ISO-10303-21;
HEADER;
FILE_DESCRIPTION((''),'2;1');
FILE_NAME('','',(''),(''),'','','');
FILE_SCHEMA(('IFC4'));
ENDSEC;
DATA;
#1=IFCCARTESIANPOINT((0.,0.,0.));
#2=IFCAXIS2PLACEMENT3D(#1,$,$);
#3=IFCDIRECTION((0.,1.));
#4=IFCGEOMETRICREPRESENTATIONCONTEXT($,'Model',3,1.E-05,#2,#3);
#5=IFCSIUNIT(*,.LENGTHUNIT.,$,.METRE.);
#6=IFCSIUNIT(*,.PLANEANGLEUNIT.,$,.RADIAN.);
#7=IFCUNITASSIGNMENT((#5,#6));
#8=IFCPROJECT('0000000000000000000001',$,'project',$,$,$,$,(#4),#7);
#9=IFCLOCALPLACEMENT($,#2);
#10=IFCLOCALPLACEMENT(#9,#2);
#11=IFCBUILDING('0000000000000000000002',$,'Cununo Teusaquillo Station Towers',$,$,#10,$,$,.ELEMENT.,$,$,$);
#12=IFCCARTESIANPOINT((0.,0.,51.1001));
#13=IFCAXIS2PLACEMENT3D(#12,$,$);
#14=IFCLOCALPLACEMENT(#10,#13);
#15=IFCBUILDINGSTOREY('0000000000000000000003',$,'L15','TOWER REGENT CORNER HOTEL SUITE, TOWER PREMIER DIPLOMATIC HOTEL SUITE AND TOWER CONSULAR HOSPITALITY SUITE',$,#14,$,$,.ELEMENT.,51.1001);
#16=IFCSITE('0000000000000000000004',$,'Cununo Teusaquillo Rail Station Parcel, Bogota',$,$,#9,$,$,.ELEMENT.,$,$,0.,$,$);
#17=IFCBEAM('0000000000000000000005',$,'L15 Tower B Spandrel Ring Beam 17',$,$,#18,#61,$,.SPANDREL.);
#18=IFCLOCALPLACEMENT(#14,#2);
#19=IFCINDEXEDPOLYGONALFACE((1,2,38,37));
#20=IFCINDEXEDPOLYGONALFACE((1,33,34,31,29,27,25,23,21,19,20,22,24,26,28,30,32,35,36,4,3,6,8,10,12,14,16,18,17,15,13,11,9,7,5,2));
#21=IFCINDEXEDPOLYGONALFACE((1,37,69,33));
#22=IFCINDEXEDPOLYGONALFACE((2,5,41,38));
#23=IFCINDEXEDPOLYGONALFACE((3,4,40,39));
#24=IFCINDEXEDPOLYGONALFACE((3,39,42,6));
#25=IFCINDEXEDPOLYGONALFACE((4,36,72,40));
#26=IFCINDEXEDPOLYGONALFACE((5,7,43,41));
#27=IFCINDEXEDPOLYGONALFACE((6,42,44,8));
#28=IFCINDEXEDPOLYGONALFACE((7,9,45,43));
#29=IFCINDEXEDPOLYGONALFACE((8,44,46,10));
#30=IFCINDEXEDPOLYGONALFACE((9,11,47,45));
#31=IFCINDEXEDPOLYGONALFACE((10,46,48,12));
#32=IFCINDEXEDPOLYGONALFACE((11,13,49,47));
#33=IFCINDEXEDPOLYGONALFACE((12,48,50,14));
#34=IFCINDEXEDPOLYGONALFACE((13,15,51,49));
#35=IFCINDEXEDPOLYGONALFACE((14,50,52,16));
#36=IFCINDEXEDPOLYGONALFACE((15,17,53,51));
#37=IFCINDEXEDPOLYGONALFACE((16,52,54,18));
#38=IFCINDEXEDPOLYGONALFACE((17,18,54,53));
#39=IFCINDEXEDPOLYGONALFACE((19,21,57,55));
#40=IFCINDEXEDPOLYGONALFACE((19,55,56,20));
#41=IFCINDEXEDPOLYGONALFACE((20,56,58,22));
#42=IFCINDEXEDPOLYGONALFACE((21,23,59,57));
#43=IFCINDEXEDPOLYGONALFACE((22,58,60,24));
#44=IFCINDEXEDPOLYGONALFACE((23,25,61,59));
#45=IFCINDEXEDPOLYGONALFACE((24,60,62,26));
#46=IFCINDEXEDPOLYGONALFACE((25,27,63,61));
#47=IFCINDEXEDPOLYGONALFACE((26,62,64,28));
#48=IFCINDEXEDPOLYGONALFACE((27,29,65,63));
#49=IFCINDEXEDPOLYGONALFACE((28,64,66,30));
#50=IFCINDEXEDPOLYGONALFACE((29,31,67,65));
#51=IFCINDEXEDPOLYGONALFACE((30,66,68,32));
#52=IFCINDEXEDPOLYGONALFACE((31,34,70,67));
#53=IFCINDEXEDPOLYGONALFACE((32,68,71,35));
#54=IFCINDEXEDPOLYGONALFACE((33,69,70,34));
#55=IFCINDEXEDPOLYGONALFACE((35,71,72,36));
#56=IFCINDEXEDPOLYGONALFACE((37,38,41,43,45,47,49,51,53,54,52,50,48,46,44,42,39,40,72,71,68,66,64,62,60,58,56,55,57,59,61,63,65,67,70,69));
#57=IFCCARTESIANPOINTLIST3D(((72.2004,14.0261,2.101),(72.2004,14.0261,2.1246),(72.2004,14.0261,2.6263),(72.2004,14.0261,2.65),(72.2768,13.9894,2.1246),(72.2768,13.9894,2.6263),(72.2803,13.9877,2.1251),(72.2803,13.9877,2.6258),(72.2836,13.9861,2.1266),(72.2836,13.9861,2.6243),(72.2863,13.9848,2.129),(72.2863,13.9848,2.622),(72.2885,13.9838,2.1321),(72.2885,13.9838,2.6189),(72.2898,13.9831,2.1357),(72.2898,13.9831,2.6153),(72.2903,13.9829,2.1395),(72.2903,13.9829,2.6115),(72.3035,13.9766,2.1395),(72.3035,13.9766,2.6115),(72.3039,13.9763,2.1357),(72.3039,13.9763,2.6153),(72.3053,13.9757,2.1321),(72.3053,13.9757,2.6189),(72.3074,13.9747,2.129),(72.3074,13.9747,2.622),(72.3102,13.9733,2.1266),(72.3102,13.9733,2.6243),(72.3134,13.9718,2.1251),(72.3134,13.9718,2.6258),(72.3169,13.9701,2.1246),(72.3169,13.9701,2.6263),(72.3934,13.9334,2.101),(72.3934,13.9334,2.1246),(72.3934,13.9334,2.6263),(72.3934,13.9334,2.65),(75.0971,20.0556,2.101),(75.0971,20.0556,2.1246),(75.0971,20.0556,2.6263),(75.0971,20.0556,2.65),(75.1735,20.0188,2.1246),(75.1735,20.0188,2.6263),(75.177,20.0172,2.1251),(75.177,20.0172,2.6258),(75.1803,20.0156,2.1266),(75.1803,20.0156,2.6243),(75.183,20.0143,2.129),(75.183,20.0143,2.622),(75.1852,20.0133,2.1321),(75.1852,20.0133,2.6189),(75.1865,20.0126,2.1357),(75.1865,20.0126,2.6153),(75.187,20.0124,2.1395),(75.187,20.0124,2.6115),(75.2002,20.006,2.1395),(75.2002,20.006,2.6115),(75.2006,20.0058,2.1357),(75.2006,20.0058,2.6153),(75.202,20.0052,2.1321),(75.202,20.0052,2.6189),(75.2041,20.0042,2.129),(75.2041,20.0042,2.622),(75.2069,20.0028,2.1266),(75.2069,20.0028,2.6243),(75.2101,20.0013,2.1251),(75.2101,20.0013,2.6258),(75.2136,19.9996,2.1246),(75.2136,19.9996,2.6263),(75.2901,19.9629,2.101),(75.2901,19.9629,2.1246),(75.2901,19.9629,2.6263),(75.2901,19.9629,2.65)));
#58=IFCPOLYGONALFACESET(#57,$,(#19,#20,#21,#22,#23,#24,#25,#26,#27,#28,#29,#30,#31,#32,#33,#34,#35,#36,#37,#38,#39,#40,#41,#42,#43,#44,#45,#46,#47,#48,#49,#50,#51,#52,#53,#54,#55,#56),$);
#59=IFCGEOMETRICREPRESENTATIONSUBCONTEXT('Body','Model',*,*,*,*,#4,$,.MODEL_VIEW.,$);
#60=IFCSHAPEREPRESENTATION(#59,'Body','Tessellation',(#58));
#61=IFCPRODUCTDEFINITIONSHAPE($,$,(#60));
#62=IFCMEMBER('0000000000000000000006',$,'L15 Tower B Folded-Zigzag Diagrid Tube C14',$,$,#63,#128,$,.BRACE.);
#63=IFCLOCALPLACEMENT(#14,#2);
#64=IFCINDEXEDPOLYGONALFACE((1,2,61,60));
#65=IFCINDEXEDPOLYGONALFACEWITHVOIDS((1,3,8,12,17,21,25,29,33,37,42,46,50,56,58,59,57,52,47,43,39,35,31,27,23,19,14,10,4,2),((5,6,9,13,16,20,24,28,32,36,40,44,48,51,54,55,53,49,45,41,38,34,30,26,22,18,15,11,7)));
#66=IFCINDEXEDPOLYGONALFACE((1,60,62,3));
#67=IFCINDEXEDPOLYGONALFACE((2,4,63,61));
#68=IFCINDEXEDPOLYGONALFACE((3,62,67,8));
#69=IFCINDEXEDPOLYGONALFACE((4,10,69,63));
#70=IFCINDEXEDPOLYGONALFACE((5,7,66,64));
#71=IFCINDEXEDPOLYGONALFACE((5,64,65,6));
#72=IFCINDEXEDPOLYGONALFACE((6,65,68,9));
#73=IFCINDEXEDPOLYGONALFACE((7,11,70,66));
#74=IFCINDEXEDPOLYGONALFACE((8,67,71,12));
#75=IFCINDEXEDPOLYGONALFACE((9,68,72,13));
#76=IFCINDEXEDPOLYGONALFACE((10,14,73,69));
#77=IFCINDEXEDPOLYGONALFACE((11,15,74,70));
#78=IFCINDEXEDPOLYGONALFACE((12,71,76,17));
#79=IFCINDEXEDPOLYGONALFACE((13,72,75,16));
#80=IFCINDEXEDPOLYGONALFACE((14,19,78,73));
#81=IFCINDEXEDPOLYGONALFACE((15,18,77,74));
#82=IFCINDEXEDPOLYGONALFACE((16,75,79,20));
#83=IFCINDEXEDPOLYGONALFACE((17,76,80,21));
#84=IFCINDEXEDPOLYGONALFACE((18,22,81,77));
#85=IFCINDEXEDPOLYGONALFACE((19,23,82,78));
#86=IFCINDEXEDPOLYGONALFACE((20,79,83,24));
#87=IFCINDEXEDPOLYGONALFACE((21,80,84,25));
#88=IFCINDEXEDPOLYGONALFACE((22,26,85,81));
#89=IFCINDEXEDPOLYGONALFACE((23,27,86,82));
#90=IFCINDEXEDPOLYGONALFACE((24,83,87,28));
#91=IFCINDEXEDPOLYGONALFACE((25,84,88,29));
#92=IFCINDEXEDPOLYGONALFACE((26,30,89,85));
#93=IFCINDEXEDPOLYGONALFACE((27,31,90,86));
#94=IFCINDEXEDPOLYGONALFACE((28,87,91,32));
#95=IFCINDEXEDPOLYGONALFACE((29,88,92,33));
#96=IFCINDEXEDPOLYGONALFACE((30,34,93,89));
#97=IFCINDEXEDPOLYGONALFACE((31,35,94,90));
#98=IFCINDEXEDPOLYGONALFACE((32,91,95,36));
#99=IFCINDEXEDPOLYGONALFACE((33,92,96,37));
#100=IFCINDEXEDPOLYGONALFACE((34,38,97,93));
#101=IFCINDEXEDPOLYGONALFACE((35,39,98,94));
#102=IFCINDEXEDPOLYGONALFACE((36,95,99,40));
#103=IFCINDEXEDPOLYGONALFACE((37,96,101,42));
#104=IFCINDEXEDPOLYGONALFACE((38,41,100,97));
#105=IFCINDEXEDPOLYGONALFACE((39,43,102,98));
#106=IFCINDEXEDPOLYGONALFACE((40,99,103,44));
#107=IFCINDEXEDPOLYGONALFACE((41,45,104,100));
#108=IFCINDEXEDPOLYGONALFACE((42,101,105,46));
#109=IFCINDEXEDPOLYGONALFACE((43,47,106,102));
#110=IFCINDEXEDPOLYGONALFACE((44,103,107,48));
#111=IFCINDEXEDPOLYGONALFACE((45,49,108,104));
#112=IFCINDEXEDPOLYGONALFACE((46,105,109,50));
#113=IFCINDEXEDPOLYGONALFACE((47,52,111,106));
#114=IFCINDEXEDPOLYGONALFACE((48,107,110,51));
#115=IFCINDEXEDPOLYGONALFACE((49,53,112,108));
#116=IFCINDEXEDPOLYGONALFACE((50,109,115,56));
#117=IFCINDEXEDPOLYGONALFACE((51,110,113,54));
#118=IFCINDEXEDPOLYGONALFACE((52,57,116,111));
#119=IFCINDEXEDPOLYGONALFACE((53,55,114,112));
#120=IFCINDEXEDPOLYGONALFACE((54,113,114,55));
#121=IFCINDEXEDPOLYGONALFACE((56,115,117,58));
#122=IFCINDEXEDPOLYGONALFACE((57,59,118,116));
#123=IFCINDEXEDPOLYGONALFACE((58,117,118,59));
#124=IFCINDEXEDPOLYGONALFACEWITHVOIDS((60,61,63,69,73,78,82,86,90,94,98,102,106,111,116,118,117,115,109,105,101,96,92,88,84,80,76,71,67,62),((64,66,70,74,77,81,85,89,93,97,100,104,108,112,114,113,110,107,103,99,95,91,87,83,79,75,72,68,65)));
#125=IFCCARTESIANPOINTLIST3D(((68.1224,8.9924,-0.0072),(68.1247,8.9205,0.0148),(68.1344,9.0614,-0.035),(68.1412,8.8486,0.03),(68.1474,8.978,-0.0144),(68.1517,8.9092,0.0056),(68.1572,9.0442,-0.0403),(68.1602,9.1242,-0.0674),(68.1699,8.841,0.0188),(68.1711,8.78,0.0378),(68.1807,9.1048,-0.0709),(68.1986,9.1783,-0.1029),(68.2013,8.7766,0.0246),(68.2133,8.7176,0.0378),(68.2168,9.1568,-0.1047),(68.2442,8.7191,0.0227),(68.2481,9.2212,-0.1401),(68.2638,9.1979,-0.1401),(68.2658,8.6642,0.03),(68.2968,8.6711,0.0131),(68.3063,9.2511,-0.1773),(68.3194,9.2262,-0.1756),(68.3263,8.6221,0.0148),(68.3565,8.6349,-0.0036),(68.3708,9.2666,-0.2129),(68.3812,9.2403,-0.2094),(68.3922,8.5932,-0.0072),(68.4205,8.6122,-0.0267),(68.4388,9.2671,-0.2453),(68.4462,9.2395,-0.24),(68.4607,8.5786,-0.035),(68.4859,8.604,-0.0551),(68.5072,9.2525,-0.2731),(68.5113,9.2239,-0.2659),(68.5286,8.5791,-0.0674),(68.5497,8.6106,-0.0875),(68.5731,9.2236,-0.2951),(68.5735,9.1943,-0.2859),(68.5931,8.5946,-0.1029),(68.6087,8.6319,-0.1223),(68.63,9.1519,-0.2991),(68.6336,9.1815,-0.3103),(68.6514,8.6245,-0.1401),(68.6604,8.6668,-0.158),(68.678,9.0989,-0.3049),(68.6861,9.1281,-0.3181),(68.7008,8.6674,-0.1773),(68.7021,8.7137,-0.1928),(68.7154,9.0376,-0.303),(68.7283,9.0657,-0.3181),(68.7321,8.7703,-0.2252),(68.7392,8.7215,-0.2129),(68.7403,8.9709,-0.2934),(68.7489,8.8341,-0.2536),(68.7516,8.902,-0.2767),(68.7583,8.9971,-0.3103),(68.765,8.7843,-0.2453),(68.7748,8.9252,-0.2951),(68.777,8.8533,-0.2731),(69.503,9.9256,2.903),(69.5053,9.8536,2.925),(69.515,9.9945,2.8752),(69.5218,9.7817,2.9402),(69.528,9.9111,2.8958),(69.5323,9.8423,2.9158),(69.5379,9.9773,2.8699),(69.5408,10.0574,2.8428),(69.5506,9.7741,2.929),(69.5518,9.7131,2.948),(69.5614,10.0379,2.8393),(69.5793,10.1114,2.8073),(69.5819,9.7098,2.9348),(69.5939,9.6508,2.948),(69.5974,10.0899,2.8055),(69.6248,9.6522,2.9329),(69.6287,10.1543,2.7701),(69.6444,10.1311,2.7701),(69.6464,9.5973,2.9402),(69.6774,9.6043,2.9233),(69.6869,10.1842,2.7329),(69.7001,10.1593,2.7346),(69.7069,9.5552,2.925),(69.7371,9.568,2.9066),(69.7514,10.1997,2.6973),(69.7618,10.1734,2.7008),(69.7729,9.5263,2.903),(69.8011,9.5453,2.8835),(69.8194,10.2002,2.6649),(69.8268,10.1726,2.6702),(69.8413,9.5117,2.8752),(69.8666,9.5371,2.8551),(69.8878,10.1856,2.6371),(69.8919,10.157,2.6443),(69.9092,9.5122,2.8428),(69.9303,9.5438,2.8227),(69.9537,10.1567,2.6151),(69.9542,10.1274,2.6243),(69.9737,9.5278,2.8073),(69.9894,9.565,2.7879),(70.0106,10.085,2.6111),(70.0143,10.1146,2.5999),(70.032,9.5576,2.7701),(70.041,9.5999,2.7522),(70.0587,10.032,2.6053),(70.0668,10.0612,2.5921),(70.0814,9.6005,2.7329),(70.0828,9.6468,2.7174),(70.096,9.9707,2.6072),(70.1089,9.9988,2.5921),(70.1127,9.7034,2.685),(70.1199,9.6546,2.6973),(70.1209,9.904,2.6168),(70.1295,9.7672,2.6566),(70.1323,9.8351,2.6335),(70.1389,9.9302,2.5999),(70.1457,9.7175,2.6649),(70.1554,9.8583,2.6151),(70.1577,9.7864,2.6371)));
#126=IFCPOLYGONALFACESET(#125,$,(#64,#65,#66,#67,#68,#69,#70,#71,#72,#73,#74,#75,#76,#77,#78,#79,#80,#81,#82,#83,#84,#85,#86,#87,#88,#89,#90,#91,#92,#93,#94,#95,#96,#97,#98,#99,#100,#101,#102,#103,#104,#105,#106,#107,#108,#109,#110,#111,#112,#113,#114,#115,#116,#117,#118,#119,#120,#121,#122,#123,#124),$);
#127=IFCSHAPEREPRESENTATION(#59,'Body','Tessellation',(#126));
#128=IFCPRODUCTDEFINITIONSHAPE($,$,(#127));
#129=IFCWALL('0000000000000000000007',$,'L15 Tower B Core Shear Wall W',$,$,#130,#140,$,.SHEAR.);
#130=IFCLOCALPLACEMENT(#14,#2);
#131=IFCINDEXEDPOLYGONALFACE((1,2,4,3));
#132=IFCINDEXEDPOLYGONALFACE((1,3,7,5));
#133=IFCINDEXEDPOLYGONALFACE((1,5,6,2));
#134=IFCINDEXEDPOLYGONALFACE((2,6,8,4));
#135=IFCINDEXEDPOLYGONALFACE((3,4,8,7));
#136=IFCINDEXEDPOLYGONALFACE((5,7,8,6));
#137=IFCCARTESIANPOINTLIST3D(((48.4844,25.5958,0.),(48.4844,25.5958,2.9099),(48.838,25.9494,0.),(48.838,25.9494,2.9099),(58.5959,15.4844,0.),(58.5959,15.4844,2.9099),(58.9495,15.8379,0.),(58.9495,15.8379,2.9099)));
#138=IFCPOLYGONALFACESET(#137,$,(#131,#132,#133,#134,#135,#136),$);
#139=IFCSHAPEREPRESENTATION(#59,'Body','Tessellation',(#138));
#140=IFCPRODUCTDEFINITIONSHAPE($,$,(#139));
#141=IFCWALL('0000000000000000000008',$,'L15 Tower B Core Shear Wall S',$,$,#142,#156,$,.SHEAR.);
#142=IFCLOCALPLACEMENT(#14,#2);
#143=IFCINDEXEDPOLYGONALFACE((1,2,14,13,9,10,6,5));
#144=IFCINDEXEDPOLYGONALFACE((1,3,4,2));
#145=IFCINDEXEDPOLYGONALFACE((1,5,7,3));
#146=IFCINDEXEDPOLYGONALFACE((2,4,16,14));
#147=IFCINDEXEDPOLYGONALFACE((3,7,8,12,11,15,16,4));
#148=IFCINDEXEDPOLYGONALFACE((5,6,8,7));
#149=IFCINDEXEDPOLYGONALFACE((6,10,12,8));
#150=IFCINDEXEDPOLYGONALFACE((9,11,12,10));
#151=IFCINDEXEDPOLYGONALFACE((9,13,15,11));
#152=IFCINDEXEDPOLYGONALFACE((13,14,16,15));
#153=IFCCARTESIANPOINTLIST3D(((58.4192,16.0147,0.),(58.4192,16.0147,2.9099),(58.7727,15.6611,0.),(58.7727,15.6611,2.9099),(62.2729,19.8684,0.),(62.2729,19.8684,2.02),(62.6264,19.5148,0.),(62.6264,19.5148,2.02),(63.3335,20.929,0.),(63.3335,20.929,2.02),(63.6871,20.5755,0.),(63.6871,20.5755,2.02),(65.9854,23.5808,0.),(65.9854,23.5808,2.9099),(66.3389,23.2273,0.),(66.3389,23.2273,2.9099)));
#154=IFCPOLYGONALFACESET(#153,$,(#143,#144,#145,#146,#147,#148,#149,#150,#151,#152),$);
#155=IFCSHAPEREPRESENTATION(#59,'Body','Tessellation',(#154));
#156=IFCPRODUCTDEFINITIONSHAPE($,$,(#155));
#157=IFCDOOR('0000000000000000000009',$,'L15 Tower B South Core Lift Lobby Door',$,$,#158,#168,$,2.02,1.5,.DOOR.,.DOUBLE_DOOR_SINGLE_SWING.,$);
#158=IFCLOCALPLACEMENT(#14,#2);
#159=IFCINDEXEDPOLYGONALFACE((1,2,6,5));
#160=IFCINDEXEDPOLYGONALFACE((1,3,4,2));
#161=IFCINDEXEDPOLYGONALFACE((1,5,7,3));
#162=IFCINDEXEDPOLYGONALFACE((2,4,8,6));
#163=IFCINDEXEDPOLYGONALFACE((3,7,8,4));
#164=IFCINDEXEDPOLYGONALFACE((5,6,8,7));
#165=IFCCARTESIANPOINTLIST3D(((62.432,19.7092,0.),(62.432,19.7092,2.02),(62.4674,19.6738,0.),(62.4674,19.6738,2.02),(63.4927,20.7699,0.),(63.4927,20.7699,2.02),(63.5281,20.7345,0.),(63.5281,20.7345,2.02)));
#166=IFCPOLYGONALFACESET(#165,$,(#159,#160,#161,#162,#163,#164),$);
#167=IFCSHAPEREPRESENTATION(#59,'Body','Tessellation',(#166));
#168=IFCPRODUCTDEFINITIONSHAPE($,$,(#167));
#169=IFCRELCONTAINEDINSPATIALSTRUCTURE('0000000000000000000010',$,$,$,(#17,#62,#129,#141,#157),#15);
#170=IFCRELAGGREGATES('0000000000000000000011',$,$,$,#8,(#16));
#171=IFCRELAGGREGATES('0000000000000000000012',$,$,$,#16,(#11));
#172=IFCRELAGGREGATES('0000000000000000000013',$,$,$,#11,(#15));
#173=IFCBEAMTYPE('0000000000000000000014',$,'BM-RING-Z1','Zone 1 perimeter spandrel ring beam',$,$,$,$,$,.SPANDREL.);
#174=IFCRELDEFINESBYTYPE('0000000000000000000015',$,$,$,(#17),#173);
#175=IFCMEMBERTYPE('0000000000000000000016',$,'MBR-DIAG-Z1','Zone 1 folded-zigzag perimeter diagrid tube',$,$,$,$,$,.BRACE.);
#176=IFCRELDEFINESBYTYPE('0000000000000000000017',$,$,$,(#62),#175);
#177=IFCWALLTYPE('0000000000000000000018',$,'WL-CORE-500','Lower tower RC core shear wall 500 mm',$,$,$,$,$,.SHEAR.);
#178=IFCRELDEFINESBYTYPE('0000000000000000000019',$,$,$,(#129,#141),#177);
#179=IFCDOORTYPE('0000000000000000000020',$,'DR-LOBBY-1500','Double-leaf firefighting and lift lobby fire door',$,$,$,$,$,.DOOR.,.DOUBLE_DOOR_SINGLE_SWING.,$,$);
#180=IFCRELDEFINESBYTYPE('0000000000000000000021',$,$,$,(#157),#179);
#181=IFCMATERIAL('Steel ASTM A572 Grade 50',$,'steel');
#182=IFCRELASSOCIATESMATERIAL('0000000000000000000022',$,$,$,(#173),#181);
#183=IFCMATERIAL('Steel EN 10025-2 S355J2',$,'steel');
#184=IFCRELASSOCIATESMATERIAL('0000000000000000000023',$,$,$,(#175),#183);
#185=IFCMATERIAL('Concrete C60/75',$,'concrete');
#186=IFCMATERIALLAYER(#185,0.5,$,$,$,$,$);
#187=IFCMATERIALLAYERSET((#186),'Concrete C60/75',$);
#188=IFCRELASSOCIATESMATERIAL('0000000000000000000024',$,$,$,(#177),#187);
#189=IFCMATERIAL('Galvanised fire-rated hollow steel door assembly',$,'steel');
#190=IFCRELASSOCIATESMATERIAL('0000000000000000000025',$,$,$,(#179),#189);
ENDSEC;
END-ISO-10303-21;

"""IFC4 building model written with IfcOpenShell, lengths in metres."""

from ifc_helpers import new_model, si_unit, direction, frame, frame_2d, origin, origin_2d, place, context, subcontext, project, spatial, rectangle, hollow_circle, i_section, extrude, source, transform, mapped, material, layer, layer_set, material_profile, profile_set, type_object, element, fill, save


model = new_model("IFC4")

# Units and contexts
model_context = context("Model", 3, precision=1e-05, world=origin(), true_north=direction((0.0, 1.0)))
body_context = subcontext(model_context, "Body", "Model", "MODEL_VIEW")
ifc_project = project(units=[si_unit("LENGTHUNIT", "METRE"), si_unit("PLANEANGLEUNIT", "RADIAN")], contexts=[model_context])

# Site, building, storey
site_placement = place(None, origin())
site = spatial("IfcSite", under=ifc_project, at=site_placement, Name="Cununo Teusaquillo Rail Station Parcel, Bogota", CompositionType="ELEMENT", RefElevation=0.0)
building_placement = place(site_placement, origin())
building = spatial("IfcBuilding", under=site, at=building_placement, Name="Cununo Teusaquillo Station Towers", CompositionType="ELEMENT")
storey_placement = place(building_placement, frame((0.0, 0.0, 51.1001)))
storey = spatial("IfcBuildingStorey", under=building, at=storey_placement, Name="L15", Description="TOWER REGENT CORNER HOTEL SUITE, TOWER PREMIER DIPLOMATIC HOTEL SUITE AND TOWER CONSULAR HOSPITALITY SUITE", CompositionType="ELEMENT", Elevation=51.1001)

# Beam
ifc_material_1 = material(Name="Steel ASTM A572 Grade 50", Category="steel")
ifc_material_profile_1 = material_profile(ifc_material_1, i_section(OverallWidth=0.2141, OverallDepth=0.5491, WebThickness=0.0146, FlangeThickness=0.0237, FilletRadius=0.0149, at=origin_2d()), Name="W21X93")
ifc_profile_set_1 = profile_set([ifc_material_profile_1], Name="Steel ASTM A572 Grade 50")
beam_type_1 = type_object("IfcBeamType", Name="BM-RING-Z1", Description="Zone 1 perimeter spandrel ring beam", PredefinedType="SPANDREL", material=ifc_profile_set_1)
beam_1_placement = place(storey_placement, frame((72.2969, 13.9797, 2.3755), z_axis=(0.433041, 0.901374, 0.0), x_axis=(-0.901374, 0.433041, 0.0)))
element("IfcBeam", 1, at=beam_1_placement, inside=storey, type_object=beam_type_1, Name="L15 Tower B Spandrel Ring Beam 17", PredefinedType="SPANDREL", context=body_context, shape_type="SweptSolid", body=[
    extrude(i_section(OverallWidth=0.2141, OverallDepth=0.5491, WebThickness=0.0146, FlangeThickness=0.0237, FilletRadius=0.0149, at=origin_2d()), origin(), (0.0, 0.0, 1.0), 6.6892),
])

# Member
ifc_material_2 = material(Name="Steel EN 10025-2 S355J2", Category="steel")
ifc_material_profile_2 = material_profile(ifc_material_2, hollow_circle(Radius=0.3601, WallThickness=0.0281, at=origin_2d()), Name="CHS 720x28")
ifc_profile_set_2 = profile_set([ifc_material_profile_2], Name="Steel EN 10025-2 S355J2")
member_type = type_object("IfcMemberType", Name="MBR-DIAG-Z1", Description="Zone 1 folded-zigzag perimeter diagrid tube", PredefinedType="BRACE", material=ifc_profile_set_2)
member_placement = place(storey_placement, frame((68.4497, 8.9229, -0.1401), z_axis=(0.411697, 0.27825, 0.867803), x_axis=(-0.559963, 0.828517, 0.0)))
element("IfcMember", 2, at=member_placement, inside=storey, type_object=member_type, Name="L15 Tower B Folded-Zigzag Diagrid Tube C14", PredefinedType="BRACE", context=body_context, shape_type="SweptSolid", body=[
    extrude(hollow_circle(Radius=0.3601, WallThickness=0.0281, at=origin_2d()), origin(), (0.0, 0.0, 1.0), 3.3535),
])

# Wall
ifc_material_3 = material(Name="Concrete C60/75", Category="concrete")
ifc_layer_1 = layer(ifc_material_3, 0.5)
ifc_layer_set_1 = layer_set([ifc_layer_1], Name="Concrete C60/75")
wall_type_1 = type_object("IfcWallType", Name="WL-CORE-500", Description="Lower tower RC core shear wall 500 mm", PredefinedType="SHEAR", material=ifc_layer_set_1)
wall_1_placement = place(storey_placement, frame((58.7727, 15.6611, 0.0), z_axis=(0.0, 0.0, 1.0), x_axis=(-0.707107, 0.707107, 0.0)))
element("IfcWall", 3, at=wall_1_placement, inside=storey, type_object=wall_type_1, Name="L15 Tower B Core Shear Wall W", PredefinedType="SHEAR", context=body_context, shape_type="SweptSolid", body=[
    extrude(rectangle(XDim=14.2998, YDim=0.5, at=frame_2d((7.1499, 0.0))), origin(), (0.0, 0.0, 1.0), 2.9099),
])

# Wall, opening, door
wall_2_placement = place(storey_placement, frame((58.5959, 15.8379, 0.0), z_axis=(0.0, 0.0, 1.0), x_axis=(0.707107, 0.707107, 0.0)))
wall_2 = element("IfcWall", 4, at=wall_2_placement, inside=storey, type_object=wall_type_1, Name="L15 Tower B Core Shear Wall S", PredefinedType="SHEAR", context=body_context, shape_type="SweptSolid", body=[
    extrude(rectangle(XDim=10.7002, YDim=0.5, at=frame_2d((5.3501, 0.0))), origin(), (0.0, 0.0, 1.0), 2.9099),
])
shared_shape_1 = source(origin(), body_context, "Body", "SweptSolid", [
    extrude(rectangle(XDim=1.5, YDim=2.02, at=frame_2d((0.75, 1.01))), frame((0.0, 0.26, 0.0), z_axis=(0.0, -1.0, 0.0), x_axis=(1.0, 0.0, 0.0)), (0.0, 0.0, 1.0), 0.52),
])
opening_1_placement = place(wall_2_placement, frame((5.45, 0.0, 0.0)))
opening_1 = element("IfcOpeningElement", 5, at=opening_1_placement, cuts=wall_2, PredefinedType="OPENING", context=body_context, shape_type="MappedRepresentation", body=[
    mapped(shared_shape_1, transform((0.0, 0.0, 0.0), x_axis=(1.0, 0.0, 0.0), y_axis=(0.0, 1.0, 0.0), z_axis=(0.0, 0.0, 1.0), scale=1.0)),
])
ifc_material_4 = material(Name="Galvanised fire-rated hollow steel door assembly", Category="steel")
door_type_1 = type_object("IfcDoorType", Name="DR-LOBBY-1500", Description="Double-leaf firefighting and lift lobby fire door", OperationType="DOUBLE_DOOR_SINGLE_SWING", PredefinedType="DOOR", material=ifc_material_4)
shared_shape_2 = source(origin(), body_context, "Body", "SweptSolid", [
    extrude(rectangle(XDim=1.5, YDim=2.02, at=frame_2d((0.75, 1.01))), frame((0.0, 0.0249, 0.0), z_axis=(0.0, -1.0, 0.0), x_axis=(1.0, 0.0, 0.0)), (0.0, 0.0, 1.0), 0.05),
])
door_1_placement = place(opening_1_placement, origin())
door_1 = element("IfcDoor", 6, at=door_1_placement, inside=storey, type_object=door_type_1, Name="L15 Tower B South Core Lift Lobby Door", OperationType="DOUBLE_DOOR_SINGLE_SWING", OverallHeight=2.02, OverallWidth=1.5, PredefinedType="DOOR", context=body_context, shape_type="MappedRepresentation", body=[
    mapped(shared_shape_2, transform((0.0, 0.0, 0.0), x_axis=(1.0, 0.0, 0.0), y_axis=(0.0, 1.0, 0.0), z_axis=(0.0, 0.0, 1.0), scale=1.0)),
])
fill(opening_1, door_1)

save(model, "model.ifc")
